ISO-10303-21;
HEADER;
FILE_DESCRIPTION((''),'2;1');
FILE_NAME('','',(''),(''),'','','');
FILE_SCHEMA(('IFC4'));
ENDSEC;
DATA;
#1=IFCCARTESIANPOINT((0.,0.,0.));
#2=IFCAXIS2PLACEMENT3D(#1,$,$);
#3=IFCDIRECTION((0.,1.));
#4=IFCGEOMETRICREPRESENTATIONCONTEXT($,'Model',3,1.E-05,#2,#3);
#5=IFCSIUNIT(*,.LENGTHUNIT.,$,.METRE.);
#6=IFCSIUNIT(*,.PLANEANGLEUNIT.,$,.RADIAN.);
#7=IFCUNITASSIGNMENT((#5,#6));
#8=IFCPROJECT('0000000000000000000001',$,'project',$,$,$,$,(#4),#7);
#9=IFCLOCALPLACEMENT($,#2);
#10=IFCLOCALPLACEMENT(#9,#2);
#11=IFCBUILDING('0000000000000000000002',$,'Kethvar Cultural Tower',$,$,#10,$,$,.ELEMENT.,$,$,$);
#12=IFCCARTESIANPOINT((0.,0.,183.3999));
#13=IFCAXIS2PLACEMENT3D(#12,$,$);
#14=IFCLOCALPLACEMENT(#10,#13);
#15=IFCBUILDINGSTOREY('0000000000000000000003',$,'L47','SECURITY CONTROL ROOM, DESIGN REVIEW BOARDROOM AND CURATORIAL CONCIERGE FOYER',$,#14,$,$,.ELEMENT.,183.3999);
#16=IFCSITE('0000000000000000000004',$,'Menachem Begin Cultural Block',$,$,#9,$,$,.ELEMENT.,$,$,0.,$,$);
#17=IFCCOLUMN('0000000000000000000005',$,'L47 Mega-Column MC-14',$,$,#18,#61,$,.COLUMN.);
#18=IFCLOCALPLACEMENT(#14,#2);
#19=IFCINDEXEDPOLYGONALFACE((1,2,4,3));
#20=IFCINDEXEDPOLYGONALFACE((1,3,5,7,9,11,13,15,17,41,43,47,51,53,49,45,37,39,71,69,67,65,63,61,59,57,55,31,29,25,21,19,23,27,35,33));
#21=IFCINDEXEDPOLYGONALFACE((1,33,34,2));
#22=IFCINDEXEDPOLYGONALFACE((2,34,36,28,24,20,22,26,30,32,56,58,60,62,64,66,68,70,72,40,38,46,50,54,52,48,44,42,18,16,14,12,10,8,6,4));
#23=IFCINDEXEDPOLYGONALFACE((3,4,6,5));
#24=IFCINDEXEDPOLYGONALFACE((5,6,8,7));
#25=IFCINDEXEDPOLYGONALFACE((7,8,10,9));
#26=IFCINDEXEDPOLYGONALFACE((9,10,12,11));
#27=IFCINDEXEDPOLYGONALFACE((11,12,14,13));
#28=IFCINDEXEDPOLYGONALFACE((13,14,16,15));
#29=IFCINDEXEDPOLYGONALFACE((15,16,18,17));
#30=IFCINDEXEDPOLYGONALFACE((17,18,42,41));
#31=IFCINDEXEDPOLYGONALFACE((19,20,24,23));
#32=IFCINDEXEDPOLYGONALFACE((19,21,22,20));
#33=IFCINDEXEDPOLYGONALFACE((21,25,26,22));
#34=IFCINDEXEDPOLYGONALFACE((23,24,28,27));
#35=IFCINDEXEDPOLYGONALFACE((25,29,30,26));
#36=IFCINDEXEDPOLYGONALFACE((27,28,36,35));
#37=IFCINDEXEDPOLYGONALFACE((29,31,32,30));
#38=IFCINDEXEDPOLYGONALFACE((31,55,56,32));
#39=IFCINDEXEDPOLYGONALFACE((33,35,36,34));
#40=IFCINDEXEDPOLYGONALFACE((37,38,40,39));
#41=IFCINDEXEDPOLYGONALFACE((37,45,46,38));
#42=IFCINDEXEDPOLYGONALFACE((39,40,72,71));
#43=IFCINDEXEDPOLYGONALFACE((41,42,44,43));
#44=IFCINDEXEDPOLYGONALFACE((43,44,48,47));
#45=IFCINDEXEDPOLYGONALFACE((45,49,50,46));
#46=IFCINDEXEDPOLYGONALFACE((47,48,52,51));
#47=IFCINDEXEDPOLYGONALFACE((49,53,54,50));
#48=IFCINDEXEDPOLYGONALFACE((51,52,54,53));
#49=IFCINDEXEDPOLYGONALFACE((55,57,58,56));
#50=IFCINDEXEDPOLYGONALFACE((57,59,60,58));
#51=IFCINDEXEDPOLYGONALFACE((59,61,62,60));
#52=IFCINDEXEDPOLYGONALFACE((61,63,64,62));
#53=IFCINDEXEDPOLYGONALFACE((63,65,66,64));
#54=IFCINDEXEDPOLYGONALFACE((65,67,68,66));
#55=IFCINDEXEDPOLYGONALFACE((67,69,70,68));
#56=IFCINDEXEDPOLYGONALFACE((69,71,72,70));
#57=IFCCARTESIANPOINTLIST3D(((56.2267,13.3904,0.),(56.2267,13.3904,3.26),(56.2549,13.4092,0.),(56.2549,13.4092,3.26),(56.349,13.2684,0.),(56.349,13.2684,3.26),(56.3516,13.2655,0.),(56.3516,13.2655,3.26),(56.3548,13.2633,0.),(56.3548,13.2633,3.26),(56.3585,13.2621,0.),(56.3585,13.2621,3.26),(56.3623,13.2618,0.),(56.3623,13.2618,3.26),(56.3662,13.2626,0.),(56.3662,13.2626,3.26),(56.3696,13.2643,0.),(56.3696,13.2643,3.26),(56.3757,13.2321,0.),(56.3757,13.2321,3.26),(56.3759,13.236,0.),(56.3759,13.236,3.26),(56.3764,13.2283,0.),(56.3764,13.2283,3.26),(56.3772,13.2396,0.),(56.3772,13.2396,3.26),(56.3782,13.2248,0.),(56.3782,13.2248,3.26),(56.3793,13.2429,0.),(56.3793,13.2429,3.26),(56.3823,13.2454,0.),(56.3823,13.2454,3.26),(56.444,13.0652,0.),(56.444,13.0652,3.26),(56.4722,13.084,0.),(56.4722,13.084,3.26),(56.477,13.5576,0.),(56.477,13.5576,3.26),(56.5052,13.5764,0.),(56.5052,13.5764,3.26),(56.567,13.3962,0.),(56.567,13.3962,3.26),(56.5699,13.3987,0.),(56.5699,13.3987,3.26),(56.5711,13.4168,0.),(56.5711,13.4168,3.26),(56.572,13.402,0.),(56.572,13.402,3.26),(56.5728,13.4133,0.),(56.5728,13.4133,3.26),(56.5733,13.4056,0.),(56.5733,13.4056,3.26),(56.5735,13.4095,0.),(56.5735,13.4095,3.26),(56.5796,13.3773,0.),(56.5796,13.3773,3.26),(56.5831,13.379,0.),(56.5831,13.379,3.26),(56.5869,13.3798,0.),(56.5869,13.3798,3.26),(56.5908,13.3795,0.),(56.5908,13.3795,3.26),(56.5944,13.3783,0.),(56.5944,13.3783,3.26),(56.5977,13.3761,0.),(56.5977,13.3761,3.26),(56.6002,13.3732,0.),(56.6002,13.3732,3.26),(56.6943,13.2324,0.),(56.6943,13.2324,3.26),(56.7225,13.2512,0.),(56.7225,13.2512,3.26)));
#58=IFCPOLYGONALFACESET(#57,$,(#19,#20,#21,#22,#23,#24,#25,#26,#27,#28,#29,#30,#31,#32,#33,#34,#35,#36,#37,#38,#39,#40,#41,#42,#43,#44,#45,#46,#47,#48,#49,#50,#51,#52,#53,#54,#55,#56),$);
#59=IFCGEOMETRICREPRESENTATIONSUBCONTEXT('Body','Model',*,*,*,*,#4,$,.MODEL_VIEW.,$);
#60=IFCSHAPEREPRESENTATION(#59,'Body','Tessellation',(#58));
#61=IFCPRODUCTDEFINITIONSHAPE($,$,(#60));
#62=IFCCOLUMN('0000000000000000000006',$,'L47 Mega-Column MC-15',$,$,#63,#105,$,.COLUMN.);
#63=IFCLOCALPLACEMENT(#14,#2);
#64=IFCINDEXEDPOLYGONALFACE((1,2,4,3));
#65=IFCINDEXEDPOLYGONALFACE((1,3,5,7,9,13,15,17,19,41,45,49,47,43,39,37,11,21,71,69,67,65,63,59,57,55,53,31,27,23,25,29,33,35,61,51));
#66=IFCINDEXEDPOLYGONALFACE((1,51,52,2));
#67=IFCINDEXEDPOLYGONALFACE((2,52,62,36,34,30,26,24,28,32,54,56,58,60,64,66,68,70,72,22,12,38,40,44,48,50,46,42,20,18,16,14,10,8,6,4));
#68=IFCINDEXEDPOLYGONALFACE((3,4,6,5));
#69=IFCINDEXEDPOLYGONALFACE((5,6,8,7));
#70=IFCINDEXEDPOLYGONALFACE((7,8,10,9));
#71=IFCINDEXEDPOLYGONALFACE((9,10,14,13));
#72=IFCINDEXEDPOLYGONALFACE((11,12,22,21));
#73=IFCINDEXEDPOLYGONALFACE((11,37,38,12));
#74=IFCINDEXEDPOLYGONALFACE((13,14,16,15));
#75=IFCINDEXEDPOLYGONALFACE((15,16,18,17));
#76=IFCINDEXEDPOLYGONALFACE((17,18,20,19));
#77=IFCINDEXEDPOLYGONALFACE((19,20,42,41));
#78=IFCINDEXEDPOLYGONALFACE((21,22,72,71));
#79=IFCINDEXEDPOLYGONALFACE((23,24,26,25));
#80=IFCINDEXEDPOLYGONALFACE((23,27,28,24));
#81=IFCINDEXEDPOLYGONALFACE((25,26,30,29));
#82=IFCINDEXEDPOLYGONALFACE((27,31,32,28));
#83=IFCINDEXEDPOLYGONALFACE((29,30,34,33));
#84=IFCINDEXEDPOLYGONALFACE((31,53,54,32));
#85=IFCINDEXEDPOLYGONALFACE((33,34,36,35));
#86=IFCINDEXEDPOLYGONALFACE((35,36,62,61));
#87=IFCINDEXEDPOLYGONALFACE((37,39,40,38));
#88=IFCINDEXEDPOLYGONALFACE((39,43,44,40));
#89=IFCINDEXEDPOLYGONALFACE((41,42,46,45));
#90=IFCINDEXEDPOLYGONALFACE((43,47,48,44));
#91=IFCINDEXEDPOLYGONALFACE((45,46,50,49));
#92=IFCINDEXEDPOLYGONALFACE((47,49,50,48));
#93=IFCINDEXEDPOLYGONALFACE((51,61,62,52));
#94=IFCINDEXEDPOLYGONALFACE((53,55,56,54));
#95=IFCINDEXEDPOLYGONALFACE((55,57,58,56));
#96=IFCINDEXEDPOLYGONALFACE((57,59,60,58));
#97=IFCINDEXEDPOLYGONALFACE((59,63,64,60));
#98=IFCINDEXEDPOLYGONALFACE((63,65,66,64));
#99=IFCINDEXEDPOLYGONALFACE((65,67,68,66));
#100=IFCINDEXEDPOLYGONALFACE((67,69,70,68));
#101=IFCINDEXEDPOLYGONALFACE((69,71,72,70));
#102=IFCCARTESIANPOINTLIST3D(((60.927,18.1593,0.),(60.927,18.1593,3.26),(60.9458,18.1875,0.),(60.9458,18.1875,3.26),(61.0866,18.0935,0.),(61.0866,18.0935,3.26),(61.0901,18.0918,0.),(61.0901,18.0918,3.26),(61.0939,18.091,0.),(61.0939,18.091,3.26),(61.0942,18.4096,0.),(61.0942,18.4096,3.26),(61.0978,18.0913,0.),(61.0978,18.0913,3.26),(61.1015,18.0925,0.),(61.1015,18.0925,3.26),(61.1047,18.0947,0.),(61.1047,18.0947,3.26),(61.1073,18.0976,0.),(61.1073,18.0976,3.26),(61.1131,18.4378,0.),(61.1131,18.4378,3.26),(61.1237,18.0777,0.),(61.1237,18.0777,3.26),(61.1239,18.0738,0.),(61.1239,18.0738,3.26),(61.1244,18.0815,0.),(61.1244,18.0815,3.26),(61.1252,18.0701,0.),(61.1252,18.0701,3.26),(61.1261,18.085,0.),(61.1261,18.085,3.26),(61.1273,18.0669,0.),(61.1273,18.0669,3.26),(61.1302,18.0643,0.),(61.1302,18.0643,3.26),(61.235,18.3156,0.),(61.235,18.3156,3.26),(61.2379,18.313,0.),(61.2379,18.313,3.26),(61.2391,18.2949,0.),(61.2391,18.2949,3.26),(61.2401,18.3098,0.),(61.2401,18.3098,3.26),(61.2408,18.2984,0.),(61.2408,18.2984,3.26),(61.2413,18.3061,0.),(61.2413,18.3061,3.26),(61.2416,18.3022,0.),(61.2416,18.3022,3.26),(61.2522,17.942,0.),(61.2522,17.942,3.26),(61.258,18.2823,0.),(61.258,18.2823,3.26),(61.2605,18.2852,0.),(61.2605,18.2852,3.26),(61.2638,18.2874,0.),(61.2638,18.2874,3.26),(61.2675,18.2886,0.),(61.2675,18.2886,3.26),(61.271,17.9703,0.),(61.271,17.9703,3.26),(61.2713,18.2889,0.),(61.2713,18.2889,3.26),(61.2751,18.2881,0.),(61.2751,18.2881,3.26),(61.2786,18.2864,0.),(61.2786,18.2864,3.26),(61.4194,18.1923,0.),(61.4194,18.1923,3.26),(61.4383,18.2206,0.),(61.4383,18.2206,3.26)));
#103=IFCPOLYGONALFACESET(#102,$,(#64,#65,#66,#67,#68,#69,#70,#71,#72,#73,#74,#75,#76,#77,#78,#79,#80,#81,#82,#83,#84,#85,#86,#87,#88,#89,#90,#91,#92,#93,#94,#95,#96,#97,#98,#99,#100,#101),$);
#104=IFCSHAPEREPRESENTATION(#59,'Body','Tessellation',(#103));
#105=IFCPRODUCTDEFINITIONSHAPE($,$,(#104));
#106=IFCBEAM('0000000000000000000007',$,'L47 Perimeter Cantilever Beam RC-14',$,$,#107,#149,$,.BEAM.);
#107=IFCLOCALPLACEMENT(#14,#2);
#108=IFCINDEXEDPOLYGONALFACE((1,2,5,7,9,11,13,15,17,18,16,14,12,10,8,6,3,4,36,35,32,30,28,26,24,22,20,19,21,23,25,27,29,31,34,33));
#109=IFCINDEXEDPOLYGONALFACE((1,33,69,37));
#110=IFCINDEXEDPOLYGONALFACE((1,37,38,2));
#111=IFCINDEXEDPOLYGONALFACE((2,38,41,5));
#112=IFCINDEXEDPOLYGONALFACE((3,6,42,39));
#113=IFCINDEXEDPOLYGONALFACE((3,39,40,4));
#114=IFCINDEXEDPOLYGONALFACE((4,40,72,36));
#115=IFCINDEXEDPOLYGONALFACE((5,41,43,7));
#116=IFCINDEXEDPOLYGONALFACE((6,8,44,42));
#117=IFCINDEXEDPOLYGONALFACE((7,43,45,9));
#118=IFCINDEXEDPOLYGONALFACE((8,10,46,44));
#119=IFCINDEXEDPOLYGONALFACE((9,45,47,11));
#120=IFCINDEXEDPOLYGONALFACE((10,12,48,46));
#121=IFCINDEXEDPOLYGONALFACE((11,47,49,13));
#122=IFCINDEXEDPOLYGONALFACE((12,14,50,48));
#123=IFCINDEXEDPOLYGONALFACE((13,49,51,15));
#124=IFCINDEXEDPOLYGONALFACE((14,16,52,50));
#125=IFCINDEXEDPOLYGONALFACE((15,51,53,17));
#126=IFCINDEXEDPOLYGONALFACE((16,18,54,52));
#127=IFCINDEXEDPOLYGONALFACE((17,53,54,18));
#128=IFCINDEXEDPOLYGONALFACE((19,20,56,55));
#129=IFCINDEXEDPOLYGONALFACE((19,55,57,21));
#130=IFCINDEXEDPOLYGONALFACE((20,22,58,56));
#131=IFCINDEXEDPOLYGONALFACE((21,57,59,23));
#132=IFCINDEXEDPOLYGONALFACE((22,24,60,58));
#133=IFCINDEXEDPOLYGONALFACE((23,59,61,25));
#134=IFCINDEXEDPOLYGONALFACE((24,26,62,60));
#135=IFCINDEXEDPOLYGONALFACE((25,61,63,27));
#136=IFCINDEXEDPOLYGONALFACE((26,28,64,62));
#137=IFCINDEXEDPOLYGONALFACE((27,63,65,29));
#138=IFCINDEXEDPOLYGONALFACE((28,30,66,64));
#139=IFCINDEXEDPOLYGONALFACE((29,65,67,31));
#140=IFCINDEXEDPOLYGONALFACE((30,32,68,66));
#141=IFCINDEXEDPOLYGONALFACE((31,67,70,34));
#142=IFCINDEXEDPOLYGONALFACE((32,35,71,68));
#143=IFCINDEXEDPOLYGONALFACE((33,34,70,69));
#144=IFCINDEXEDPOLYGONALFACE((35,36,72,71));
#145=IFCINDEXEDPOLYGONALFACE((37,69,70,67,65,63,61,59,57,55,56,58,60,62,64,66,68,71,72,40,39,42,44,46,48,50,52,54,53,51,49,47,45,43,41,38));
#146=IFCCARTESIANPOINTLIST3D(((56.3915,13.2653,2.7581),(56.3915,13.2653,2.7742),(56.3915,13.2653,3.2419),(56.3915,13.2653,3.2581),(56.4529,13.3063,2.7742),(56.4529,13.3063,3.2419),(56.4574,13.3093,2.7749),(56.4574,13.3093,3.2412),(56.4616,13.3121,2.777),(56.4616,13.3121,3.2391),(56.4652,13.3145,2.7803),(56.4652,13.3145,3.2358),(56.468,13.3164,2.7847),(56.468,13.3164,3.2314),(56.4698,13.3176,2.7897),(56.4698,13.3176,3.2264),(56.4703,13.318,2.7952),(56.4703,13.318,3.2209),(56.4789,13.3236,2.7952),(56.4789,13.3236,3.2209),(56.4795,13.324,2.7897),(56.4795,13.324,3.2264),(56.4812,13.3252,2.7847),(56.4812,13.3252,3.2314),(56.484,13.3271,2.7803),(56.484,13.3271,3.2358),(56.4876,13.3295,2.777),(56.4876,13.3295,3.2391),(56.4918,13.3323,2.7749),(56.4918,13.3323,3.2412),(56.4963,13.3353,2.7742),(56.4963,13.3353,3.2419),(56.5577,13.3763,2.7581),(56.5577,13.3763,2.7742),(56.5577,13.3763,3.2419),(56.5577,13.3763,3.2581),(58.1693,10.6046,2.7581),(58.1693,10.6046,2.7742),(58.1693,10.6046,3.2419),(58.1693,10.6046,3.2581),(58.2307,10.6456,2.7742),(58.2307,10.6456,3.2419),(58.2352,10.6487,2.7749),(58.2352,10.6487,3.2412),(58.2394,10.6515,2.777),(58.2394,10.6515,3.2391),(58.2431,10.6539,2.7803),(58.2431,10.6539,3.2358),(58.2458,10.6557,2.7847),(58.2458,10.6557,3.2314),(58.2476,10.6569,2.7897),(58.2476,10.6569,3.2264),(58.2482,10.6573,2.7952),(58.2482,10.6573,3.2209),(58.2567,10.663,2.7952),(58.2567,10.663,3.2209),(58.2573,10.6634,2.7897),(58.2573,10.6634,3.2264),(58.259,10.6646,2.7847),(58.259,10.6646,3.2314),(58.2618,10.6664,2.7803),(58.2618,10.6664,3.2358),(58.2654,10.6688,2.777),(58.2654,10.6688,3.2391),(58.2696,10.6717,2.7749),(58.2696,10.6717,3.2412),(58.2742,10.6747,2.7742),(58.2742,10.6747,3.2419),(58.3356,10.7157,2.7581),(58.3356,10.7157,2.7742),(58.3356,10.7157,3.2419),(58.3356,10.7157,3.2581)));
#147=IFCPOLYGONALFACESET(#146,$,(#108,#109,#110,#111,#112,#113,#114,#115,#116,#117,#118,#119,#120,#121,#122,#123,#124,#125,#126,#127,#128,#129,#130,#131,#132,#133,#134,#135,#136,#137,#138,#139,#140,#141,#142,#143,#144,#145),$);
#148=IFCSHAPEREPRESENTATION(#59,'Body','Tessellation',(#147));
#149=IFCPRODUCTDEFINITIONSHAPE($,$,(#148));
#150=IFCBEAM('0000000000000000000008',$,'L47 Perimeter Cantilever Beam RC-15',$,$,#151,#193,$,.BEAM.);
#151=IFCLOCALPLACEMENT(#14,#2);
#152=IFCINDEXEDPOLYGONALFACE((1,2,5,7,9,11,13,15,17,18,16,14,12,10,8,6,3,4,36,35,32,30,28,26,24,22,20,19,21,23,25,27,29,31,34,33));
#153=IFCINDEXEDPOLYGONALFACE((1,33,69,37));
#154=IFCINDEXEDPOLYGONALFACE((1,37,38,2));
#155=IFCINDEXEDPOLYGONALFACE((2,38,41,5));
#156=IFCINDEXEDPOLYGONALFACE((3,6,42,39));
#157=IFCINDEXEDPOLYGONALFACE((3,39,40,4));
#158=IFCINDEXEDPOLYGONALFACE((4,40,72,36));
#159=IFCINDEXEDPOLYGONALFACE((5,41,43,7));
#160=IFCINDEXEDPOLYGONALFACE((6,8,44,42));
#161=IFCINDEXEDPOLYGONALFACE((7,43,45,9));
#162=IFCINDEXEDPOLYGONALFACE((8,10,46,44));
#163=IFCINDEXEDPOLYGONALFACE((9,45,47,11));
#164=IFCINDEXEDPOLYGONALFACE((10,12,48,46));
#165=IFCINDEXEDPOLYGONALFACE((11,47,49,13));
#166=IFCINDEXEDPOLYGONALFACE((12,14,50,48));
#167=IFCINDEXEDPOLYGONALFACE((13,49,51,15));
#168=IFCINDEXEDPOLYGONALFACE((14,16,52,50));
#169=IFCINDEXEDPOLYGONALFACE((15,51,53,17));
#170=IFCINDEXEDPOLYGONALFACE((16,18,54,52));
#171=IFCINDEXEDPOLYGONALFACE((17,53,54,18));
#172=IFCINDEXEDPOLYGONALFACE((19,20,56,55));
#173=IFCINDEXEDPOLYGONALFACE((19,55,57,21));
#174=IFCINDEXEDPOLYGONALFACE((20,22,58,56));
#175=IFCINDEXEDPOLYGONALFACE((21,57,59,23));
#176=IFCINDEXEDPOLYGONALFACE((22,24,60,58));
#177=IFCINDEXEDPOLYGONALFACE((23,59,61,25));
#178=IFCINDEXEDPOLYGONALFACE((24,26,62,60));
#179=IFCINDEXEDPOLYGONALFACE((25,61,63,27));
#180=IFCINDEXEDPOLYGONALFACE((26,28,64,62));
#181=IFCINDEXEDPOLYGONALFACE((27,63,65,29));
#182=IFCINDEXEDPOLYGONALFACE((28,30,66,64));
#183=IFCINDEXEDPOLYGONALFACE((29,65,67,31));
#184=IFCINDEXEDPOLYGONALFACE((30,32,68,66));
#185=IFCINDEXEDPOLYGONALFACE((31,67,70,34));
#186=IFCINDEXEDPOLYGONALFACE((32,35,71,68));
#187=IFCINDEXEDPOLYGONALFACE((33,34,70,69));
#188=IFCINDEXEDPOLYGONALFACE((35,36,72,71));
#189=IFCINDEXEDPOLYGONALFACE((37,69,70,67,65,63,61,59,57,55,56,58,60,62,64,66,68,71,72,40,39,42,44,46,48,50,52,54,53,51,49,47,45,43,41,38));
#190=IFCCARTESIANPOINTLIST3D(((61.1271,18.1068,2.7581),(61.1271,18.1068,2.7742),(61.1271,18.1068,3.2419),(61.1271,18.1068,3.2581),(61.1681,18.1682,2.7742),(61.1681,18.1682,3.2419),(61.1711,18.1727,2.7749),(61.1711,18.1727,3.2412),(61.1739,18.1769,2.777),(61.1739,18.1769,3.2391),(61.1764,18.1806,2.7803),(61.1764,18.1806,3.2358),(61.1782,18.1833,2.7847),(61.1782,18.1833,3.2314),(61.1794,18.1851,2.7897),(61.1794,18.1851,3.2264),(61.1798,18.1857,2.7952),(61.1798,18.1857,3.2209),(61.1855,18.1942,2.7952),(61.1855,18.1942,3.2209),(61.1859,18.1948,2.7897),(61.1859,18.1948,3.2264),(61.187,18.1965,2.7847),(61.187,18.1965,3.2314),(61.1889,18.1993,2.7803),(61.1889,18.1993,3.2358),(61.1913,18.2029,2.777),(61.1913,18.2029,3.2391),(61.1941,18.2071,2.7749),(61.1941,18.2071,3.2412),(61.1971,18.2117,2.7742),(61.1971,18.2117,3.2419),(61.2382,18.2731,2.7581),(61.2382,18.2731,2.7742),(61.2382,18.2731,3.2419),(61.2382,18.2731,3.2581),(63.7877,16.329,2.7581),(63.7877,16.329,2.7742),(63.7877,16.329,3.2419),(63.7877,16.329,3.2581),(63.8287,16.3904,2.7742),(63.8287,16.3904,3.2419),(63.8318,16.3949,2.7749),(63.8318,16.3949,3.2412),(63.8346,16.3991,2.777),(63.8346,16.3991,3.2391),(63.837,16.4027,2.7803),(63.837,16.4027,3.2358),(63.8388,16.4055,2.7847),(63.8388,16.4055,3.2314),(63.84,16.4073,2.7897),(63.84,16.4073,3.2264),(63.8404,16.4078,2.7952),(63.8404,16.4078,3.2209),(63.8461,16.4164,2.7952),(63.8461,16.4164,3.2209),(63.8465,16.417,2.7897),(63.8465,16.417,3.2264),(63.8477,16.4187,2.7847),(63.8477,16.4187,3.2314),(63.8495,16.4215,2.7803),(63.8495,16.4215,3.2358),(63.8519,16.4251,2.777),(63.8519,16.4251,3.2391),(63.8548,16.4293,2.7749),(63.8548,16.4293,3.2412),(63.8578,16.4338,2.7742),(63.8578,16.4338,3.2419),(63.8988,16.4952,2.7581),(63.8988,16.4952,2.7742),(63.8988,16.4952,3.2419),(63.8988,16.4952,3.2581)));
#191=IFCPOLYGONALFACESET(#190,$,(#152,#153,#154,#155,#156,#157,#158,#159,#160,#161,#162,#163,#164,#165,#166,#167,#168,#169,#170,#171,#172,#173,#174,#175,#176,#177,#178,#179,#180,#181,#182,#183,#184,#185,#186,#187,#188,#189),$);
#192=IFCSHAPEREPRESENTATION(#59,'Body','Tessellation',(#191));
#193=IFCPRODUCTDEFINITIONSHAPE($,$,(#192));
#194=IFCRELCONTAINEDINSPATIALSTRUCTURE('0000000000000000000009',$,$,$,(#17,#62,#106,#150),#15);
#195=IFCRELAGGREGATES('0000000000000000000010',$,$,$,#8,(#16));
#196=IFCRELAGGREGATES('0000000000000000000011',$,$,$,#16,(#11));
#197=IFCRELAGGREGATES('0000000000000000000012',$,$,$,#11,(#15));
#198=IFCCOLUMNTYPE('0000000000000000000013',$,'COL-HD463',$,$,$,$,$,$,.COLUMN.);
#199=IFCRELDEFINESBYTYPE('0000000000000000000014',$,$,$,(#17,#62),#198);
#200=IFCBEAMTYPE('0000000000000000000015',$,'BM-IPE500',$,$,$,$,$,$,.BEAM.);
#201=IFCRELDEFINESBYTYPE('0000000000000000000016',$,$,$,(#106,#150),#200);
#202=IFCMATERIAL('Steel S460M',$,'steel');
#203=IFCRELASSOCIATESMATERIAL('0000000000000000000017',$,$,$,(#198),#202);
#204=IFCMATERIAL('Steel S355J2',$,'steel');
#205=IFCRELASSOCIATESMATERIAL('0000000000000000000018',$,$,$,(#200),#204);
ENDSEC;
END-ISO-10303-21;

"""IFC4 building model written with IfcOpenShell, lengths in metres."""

from ifc_helpers import new_model, si_unit, direction, frame, origin, origin_2d, place, context, subcontext, project, spatial, i_section, extrude, source, transform, mapped, material, material_profile, profile_set, type_object, element, save


model = new_model("IFC4")

# Units and contexts
model_context = context("Model", 3, precision=1e-05, world=origin(), true_north=direction((0.0, 1.0)))
body_context = subcontext(model_context, "Body", "Model", "MODEL_VIEW")
ifc_project = project(units=[si_unit("LENGTHUNIT", "METRE"), si_unit("PLANEANGLEUNIT", "RADIAN")], contexts=[model_context])

# Site, building, storey
site_placement = place(None, origin())
site = spatial("IfcSite", under=ifc_project, at=site_placement, Name="Menachem Begin Cultural Block", CompositionType="ELEMENT", RefElevation=0.0)
building_placement = place(site_placement, origin())
building = spatial("IfcBuilding", under=site, at=building_placement, Name="Kethvar Cultural Tower", CompositionType="ELEMENT")
storey_placement = place(building_placement, frame((0.0, 0.0, 183.3999)))
storey = spatial("IfcBuildingStorey", under=building, at=storey_placement, Name="L47", Description="SECURITY CONTROL ROOM, DESIGN REVIEW BOARDROOM AND CURATORIAL CONCIERGE FOYER", CompositionType="ELEMENT", Elevation=183.3999)

# Columns
ifc_material_1 = material(Name="Steel S460M", Category="steel")
ifc_material_profile_1 = material_profile(ifc_material_1, i_section(OverallWidth=0.3911, OverallDepth=0.335, WebThickness=0.0227, FlangeThickness=0.0339, FilletRadius=0.0149, at=origin_2d()), Name="Steel S460M — HD400x463")
ifc_profile_set_1 = profile_set([ifc_material_profile_1], Name="Steel S460M — HD400x463")
column_type = type_object("IfcColumnType", Name="COL-HD463", PredefinedType="COLUMN", material=ifc_profile_set_1)
shared_shape_1 = source(origin(), body_context, "Body", "SweptSolid", [
    extrude(i_section(OverallWidth=0.3911, OverallDepth=0.335, WebThickness=0.0227, FlangeThickness=0.0339, FilletRadius=0.0149, at=origin_2d()), origin(), (0.0, 0.0, 1.0), 3.26),
])
for number, where, z_axis, x_axis, name in (
    (1, (56.4746, 13.3208, 0.0), (0.0, 0.0, 1.0), (0.55557, -0.83147, 0.0), "L47 Mega-Column MC-14"),
    (2, (61.1826, 18.1899, 0.0), (0.0, 0.0, 1.0), (0.83147, -0.55557, 0.0), "L47 Mega-Column MC-15"),
):
    element("IfcColumn", number, at=place(storey_placement, frame(where, z_axis=z_axis, x_axis=x_axis)), inside=storey, type_object=column_type, Name=name, PredefinedType="COLUMN", context=body_context, shape_type="MappedRepresentation", body=[
        mapped(shared_shape_1, transform((0.0, 0.0, 0.0), scale=1.0)),
    ])

# Beams
ifc_material_2 = material(Name="Steel S355J2", Category="steel")
ifc_material_profile_2 = material_profile(ifc_material_2, i_section(OverallWidth=0.2, OverallDepth=0.5, WebThickness=0.0103, FlangeThickness=0.0161, FilletRadius=0.021, at=origin_2d()), Name="Steel S355J2 — IPE500")
ifc_profile_set_2 = profile_set([ifc_material_profile_2], Name="Steel S355J2 — IPE500")
beam_type_1 = type_object("IfcBeamType", Name="BM-IPE500", PredefinedType="BEAM", material=ifc_profile_set_2)
shared_shape_2 = source(origin(), body_context, "Body", "SweptSolid", [
    extrude(i_section(OverallWidth=0.2, OverallDepth=0.5, WebThickness=0.0103, FlangeThickness=0.0161, FilletRadius=0.021, at=origin_2d()), origin(), (0.0, 0.0, 1.0), 3.2),
])
for number, where, z_axis, x_axis, name in (
    (3, (56.4746, 13.3208, 3.0081), (0.55558, -0.831463, 0.0), (0.831463, 0.55558, 0.0), "L47 Perimeter Cantilever Beam RC-14"),
    (4, (61.1826, 18.1899, 3.0081), (0.831463, -0.55558, 0.0), (0.55558, 0.831463, 0.0), "L47 Perimeter Cantilever Beam RC-15"),
):
    element("IfcBeam", number, at=place(storey_placement, frame(where, z_axis=z_axis, x_axis=x_axis)), inside=storey, type_object=beam_type_1, Name=name, PredefinedType="BEAM", context=body_context, shape_type="MappedRepresentation", body=[
        mapped(shared_shape_2, transform((0.0, 0.0, 0.0), scale=1.0)),
    ])

save(model, "model.ifc")
